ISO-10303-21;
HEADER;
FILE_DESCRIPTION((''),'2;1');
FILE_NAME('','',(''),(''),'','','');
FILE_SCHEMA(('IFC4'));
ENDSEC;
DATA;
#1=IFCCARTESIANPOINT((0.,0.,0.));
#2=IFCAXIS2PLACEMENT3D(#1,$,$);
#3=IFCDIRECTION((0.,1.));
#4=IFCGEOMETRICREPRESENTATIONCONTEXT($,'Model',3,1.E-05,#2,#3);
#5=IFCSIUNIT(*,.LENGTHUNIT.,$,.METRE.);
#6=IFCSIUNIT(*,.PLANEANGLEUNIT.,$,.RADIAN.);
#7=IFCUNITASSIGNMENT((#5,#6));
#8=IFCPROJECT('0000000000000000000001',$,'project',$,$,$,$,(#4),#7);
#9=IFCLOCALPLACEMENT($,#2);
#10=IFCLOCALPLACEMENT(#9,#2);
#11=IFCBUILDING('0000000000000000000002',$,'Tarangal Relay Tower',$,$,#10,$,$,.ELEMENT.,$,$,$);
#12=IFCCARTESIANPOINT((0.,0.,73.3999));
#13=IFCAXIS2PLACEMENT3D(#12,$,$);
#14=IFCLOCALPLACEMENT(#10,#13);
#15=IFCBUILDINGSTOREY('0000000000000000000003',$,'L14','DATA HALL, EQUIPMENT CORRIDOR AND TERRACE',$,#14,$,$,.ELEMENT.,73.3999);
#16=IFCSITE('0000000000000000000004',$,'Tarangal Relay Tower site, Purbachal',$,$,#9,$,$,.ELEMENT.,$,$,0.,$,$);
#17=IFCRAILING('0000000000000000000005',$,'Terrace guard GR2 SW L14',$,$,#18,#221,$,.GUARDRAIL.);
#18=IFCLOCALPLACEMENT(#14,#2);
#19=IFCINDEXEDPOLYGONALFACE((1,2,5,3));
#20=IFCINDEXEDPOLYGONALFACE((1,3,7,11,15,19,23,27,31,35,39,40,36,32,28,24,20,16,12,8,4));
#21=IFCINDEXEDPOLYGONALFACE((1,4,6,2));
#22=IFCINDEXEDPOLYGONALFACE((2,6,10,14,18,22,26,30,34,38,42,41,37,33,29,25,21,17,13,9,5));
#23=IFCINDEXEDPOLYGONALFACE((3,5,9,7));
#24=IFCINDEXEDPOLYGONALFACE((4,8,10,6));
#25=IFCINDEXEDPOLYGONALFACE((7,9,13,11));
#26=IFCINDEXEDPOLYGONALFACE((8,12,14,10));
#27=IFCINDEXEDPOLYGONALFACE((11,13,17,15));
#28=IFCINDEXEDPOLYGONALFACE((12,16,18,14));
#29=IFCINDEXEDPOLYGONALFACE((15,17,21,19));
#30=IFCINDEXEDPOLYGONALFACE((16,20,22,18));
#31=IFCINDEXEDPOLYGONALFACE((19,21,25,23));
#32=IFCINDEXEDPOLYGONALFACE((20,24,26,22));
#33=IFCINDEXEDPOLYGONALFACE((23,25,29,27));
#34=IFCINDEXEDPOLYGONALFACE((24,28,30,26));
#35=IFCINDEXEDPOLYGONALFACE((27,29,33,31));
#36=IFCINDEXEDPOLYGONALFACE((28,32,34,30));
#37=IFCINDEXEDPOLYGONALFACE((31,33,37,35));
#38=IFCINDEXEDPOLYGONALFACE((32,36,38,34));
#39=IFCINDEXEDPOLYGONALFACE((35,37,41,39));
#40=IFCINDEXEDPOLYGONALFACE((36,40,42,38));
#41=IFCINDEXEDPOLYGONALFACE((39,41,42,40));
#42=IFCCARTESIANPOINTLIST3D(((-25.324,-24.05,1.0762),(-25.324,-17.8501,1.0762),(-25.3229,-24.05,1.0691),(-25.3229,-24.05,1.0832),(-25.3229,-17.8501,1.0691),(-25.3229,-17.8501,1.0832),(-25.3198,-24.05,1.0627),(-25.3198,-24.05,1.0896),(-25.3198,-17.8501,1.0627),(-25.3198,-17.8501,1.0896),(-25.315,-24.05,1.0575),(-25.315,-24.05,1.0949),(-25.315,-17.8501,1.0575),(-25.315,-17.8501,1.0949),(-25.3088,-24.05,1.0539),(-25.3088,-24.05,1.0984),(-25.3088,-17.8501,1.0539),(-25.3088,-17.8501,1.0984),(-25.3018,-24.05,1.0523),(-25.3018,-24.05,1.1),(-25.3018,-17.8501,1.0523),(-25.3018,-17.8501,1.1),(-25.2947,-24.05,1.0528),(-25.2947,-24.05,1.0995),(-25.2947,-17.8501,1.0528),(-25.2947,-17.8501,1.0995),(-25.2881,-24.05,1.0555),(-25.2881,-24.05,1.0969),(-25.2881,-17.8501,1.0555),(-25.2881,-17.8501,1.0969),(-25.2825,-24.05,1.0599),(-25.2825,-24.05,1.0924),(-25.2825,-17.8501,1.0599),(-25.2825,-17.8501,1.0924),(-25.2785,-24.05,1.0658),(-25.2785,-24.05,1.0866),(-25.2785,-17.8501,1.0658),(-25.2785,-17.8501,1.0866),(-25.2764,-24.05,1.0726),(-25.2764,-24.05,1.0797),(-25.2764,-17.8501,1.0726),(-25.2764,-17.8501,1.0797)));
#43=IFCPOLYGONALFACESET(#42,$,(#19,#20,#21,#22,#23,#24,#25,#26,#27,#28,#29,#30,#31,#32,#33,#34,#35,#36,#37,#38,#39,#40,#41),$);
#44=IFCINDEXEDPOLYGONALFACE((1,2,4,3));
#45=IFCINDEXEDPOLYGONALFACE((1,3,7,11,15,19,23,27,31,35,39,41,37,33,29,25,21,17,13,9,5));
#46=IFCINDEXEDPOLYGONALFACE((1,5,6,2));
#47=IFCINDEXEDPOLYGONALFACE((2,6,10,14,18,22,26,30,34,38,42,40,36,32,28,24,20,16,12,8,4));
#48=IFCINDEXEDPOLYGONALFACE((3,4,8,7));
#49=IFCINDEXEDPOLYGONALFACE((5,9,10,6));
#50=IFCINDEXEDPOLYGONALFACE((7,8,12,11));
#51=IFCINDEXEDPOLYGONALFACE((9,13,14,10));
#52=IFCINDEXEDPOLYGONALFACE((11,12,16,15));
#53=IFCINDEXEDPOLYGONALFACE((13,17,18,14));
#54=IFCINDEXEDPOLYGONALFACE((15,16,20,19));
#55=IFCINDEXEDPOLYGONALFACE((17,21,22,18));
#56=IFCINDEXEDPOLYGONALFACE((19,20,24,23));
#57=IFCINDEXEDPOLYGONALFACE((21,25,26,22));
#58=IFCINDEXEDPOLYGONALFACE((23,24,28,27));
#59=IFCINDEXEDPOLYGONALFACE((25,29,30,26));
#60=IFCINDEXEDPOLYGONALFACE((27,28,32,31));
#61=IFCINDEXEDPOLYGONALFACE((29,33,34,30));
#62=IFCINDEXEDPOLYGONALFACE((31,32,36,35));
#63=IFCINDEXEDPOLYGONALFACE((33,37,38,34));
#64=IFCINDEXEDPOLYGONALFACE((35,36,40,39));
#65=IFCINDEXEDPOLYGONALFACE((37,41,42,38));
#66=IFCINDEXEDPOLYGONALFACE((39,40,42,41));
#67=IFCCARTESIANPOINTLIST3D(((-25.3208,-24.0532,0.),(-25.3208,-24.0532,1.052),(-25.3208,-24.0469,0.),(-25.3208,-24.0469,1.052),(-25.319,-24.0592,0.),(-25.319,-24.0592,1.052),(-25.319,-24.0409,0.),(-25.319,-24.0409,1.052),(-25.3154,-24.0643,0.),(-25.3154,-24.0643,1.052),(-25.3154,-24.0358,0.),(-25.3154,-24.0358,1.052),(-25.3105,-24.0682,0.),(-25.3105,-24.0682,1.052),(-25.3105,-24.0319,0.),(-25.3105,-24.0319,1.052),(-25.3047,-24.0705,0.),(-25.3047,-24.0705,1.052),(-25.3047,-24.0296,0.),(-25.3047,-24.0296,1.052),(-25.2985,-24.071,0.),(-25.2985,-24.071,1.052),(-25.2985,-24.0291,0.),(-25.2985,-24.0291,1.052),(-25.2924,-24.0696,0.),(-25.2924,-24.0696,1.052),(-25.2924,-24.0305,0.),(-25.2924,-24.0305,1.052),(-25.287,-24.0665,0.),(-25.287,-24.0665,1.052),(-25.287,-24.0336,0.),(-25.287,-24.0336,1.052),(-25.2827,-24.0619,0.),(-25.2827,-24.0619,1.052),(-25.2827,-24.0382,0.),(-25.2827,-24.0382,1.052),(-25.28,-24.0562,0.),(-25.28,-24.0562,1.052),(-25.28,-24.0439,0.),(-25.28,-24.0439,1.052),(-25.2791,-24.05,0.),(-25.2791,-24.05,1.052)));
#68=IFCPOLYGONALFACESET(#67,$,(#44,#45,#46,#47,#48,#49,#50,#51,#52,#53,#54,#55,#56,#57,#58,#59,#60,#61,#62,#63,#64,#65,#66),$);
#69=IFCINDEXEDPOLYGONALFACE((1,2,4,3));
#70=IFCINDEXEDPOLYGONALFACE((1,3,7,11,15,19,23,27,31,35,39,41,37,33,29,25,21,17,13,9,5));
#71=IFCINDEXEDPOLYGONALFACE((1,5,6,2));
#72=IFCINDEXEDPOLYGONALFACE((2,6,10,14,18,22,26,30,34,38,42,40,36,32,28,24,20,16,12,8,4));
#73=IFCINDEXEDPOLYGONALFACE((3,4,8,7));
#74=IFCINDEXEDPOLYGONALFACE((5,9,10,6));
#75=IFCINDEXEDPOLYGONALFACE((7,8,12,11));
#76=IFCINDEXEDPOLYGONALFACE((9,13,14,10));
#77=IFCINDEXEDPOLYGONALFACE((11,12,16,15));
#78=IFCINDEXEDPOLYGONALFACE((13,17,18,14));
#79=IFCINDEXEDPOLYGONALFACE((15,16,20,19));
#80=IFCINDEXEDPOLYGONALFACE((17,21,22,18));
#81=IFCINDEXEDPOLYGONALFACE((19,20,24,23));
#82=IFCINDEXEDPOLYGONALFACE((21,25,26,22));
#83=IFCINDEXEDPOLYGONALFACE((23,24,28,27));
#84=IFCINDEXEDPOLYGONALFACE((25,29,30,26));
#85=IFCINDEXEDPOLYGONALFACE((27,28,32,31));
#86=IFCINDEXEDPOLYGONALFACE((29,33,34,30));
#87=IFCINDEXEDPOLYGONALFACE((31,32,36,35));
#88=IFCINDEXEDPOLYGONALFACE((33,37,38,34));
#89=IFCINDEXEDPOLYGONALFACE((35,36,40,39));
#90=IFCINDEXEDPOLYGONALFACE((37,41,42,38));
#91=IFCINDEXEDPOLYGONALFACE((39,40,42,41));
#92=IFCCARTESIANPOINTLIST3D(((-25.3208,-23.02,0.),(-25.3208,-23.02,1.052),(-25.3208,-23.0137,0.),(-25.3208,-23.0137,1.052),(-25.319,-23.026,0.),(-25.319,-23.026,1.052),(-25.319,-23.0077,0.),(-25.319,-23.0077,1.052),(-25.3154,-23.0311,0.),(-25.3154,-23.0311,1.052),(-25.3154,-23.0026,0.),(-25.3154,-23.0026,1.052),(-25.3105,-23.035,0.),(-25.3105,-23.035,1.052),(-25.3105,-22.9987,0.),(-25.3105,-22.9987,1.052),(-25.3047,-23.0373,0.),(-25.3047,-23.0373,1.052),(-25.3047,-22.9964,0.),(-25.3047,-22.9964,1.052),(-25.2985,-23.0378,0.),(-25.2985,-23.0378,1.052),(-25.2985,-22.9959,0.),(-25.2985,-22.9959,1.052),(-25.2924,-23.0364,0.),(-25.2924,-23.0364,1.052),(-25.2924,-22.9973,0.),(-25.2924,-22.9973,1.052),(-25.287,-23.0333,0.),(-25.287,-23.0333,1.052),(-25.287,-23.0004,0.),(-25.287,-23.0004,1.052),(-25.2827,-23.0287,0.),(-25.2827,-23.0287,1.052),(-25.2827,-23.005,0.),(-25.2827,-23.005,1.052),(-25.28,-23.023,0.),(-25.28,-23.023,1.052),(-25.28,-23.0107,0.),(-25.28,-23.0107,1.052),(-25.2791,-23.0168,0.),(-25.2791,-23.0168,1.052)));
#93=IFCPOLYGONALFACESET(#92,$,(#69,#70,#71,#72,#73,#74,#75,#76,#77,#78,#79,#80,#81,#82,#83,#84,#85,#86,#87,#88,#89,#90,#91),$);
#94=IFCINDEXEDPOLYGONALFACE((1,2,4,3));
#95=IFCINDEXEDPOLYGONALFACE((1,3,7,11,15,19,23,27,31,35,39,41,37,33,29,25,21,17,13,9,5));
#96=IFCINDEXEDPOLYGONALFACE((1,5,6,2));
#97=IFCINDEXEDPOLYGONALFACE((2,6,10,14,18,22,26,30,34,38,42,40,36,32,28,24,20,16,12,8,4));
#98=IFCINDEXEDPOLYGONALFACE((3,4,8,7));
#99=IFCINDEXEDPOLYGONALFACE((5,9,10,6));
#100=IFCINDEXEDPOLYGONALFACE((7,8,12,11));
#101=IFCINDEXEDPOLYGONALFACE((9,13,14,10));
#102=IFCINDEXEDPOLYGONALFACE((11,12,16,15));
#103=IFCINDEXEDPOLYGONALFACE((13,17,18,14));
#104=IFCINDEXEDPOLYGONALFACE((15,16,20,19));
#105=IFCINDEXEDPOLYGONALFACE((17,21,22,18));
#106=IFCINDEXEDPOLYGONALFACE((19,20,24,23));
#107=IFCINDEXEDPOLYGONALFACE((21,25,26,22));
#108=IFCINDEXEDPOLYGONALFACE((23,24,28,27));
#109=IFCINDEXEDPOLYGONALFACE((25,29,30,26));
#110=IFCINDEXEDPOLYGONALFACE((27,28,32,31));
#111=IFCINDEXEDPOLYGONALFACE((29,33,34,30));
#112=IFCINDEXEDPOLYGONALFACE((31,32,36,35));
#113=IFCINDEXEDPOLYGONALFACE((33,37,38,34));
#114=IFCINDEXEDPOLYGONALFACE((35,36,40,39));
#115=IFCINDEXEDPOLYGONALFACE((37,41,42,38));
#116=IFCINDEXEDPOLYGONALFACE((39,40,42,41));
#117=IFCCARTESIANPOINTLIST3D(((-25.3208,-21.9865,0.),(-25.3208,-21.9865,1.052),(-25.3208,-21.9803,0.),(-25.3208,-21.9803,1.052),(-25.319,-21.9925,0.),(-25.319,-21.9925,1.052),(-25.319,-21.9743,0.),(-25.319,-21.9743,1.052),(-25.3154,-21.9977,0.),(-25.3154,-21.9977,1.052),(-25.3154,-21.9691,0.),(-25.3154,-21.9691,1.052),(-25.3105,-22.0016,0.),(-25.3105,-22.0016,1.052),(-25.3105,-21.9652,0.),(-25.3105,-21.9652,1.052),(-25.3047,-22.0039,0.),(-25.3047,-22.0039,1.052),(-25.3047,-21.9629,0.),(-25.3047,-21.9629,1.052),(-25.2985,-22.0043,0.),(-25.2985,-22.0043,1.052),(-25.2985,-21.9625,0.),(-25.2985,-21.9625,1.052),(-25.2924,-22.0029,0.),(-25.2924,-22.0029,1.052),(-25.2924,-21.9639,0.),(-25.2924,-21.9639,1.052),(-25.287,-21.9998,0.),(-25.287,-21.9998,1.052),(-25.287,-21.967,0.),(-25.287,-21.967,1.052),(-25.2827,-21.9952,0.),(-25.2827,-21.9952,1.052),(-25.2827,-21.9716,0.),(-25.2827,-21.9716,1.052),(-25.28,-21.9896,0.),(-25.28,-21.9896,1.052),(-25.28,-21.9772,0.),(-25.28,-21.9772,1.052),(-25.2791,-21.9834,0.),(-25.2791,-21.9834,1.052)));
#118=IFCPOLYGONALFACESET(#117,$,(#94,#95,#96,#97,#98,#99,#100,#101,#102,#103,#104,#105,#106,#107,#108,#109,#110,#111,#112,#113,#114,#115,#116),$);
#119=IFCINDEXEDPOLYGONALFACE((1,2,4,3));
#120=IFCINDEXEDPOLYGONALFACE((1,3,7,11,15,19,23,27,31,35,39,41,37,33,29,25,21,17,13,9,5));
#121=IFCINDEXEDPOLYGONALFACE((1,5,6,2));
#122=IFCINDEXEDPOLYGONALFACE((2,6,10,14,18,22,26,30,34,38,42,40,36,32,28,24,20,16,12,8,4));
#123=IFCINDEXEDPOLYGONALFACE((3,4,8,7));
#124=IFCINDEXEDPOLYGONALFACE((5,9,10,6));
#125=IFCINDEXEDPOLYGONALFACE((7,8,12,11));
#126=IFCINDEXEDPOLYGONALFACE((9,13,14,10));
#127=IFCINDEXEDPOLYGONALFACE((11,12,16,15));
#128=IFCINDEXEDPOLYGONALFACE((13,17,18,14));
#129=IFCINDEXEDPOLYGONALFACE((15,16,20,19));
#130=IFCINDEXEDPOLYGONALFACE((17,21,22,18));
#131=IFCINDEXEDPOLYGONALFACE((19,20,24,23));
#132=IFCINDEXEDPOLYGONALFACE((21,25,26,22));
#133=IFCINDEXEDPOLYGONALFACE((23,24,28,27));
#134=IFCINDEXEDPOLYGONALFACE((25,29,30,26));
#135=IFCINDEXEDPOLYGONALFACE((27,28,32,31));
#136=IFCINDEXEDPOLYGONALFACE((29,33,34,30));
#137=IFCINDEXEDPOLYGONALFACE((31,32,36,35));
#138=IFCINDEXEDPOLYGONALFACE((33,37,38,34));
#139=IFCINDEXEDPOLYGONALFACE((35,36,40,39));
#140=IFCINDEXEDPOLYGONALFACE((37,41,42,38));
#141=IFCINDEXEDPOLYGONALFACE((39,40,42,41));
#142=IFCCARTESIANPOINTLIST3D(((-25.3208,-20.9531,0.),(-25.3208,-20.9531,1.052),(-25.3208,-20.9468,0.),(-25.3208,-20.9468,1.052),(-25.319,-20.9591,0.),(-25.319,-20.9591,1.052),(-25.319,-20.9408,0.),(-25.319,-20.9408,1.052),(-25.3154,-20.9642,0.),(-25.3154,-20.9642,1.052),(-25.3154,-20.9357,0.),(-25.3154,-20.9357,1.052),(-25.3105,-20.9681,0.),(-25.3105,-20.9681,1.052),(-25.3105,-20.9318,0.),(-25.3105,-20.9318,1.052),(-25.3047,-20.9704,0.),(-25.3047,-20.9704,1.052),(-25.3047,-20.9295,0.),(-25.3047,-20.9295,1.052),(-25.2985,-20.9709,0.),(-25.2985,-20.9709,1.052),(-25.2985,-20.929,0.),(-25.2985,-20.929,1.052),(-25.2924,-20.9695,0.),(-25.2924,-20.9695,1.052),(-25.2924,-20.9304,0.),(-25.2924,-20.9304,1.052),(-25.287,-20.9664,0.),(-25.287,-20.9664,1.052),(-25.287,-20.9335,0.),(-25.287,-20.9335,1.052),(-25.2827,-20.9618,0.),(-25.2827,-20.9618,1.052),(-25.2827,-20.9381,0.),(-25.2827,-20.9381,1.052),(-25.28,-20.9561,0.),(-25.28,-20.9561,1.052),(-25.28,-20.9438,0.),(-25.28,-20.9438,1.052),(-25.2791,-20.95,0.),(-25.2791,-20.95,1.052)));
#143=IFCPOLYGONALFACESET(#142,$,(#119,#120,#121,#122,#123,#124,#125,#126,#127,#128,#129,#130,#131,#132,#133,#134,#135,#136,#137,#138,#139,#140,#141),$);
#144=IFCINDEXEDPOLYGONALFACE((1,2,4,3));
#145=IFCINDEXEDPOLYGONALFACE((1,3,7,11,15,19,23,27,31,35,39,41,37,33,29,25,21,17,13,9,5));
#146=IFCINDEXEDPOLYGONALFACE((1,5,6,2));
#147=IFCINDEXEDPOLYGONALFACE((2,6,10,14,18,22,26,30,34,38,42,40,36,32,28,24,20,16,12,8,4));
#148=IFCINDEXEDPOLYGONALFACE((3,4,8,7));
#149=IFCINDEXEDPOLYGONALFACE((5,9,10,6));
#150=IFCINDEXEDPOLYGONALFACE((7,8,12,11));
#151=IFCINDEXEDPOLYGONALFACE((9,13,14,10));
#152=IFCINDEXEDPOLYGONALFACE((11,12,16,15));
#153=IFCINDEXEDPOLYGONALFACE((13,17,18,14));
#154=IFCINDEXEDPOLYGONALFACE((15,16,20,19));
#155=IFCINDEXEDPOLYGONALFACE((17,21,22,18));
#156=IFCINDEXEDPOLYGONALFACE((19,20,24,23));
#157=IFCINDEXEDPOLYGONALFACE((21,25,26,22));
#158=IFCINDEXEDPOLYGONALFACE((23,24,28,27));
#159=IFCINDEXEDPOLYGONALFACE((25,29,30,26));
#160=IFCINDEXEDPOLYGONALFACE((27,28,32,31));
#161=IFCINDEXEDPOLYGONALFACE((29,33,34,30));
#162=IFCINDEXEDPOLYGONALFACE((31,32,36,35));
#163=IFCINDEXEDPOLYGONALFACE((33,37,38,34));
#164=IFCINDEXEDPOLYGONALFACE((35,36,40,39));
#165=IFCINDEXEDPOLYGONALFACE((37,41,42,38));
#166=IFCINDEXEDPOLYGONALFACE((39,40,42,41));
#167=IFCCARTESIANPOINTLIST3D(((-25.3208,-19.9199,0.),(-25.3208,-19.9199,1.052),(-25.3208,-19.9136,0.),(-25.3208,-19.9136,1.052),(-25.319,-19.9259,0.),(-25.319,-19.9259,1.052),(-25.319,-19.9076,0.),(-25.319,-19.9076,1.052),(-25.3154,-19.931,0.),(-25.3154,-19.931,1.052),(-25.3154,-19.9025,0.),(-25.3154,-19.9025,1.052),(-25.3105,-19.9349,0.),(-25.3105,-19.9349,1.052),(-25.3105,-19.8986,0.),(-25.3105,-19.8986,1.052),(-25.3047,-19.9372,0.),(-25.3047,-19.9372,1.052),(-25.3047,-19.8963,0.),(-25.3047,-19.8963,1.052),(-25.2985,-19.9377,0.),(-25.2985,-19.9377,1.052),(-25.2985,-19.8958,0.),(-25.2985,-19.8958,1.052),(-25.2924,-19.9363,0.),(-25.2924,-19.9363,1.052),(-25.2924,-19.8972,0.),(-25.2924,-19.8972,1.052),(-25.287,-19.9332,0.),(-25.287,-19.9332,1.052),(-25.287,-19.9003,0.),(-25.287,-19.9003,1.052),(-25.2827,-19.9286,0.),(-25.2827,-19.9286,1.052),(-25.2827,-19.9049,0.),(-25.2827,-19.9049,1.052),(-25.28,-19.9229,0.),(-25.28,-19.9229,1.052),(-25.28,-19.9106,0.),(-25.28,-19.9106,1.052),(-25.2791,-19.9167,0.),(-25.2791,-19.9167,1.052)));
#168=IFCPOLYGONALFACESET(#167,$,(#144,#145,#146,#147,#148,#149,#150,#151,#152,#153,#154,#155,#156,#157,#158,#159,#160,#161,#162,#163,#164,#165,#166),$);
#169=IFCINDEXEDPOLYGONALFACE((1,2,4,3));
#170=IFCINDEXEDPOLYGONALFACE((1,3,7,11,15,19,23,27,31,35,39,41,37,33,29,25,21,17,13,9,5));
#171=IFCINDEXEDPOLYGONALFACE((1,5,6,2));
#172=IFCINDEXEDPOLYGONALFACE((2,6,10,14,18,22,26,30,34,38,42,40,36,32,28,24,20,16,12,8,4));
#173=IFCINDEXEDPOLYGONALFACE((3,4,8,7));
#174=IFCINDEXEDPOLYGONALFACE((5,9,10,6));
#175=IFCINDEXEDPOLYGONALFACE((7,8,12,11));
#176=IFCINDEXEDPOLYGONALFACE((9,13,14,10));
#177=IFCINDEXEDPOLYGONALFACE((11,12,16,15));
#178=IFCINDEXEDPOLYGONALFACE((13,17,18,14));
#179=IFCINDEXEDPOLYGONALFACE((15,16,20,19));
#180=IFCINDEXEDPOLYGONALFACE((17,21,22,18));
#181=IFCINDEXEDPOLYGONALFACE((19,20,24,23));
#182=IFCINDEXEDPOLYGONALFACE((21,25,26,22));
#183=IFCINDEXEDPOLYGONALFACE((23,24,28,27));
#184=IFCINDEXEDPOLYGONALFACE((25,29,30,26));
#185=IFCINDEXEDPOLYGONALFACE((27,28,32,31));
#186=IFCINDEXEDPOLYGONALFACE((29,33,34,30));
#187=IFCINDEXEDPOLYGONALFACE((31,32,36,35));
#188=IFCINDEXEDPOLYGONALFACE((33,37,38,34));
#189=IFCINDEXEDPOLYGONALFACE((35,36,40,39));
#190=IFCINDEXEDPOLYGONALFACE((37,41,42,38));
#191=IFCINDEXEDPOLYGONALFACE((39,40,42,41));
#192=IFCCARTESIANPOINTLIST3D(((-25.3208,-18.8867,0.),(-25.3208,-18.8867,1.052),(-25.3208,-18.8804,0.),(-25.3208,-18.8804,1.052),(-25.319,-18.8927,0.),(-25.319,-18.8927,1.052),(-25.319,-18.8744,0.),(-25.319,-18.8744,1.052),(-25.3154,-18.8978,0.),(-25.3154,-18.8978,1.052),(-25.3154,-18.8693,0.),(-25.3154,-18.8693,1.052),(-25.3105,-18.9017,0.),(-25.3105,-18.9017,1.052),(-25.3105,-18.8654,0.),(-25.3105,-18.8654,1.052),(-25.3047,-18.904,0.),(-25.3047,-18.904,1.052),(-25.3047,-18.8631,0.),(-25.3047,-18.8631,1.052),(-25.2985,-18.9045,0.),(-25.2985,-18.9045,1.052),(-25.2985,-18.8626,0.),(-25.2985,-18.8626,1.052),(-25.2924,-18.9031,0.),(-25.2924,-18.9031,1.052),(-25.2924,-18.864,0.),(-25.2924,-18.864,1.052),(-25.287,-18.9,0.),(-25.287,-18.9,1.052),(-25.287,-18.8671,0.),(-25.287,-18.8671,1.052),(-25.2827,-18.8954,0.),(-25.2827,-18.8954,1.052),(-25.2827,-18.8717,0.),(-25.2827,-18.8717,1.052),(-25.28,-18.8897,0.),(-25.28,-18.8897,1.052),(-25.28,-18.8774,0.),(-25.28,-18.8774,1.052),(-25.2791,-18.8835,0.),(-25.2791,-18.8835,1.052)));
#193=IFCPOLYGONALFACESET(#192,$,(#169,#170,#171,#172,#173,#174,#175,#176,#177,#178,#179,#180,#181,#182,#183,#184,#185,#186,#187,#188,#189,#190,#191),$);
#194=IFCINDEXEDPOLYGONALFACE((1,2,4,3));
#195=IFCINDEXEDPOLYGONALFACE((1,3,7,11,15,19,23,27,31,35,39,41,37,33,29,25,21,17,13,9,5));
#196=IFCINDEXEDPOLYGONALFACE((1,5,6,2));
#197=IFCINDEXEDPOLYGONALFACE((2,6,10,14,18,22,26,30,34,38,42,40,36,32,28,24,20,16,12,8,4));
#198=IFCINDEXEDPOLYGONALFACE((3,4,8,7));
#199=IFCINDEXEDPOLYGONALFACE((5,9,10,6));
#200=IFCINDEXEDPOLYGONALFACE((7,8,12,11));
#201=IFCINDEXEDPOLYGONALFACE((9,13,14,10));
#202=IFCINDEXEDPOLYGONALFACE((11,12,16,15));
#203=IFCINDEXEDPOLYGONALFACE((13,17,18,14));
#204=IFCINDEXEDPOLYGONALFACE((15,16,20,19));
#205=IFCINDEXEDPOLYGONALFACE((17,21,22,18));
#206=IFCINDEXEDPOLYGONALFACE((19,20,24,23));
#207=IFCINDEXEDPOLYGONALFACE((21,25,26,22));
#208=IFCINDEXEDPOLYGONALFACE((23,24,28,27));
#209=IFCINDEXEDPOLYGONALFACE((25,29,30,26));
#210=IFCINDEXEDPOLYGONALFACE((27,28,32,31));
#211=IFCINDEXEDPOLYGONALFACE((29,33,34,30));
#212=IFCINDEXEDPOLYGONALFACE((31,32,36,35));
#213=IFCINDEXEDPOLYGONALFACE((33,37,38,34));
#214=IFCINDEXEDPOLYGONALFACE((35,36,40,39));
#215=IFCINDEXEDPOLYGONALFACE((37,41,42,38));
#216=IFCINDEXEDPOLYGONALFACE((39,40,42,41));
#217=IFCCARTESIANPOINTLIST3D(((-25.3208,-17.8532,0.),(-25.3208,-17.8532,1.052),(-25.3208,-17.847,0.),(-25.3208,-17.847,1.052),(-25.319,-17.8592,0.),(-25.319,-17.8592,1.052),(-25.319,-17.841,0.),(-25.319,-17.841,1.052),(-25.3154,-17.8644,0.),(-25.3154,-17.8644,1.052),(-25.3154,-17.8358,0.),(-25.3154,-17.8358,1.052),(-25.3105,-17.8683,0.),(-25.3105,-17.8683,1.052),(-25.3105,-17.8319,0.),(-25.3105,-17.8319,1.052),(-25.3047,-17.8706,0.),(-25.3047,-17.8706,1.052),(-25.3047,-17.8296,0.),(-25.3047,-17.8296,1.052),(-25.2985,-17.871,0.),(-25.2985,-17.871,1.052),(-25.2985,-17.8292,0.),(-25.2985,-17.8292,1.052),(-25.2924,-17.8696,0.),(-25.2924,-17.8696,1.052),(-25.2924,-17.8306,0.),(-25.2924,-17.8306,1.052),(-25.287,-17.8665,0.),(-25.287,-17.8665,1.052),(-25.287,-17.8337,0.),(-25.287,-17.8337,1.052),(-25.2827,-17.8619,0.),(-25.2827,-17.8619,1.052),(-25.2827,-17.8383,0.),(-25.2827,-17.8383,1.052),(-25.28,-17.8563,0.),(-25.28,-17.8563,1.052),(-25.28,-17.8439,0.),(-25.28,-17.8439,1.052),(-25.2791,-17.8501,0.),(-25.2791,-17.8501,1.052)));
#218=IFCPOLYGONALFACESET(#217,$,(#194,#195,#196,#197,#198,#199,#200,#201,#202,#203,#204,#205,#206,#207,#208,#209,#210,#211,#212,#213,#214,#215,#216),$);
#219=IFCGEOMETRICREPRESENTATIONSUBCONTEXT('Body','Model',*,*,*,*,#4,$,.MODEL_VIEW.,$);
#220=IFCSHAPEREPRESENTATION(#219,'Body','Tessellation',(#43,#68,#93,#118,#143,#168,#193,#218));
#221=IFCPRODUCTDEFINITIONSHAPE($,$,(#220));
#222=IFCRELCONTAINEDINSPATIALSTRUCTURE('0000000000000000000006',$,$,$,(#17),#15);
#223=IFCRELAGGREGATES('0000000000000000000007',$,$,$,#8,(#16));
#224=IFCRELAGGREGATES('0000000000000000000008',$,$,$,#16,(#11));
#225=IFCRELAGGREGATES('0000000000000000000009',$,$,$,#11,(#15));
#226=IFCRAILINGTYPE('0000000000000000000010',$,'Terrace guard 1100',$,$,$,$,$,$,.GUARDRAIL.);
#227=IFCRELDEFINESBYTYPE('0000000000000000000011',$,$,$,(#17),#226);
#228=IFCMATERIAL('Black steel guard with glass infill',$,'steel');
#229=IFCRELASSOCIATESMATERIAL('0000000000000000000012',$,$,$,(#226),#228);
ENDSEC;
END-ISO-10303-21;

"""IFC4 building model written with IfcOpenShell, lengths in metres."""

from ifc_helpers import new_model, si_unit, direction, frame, origin, origin_2d, place, context, subcontext, project, spatial, circle, extrude, material, type_object, element, save


model = new_model("IFC4")

# Units and contexts
model_context = context("Model", 3, precision=1e-05, world=origin(), true_north=direction((0.0, 1.0)))
body_context = subcontext(model_context, "Body", "Model", "MODEL_VIEW")
ifc_project = project(units=[si_unit("LENGTHUNIT", "METRE"), si_unit("PLANEANGLEUNIT", "RADIAN")], contexts=[model_context])

# Site, building, storey
site_placement = place(None, origin())
site = spatial("IfcSite", under=ifc_project, at=site_placement, Name="Tarangal Relay Tower site, Purbachal", CompositionType="ELEMENT", RefElevation=0.0)
building_placement = place(site_placement, origin())
building = spatial("IfcBuilding", under=site, at=building_placement, Name="Tarangal Relay Tower", CompositionType="ELEMENT")
storey_placement = place(building_placement, frame((0.0, 0.0, 73.3999)))
storey = spatial("IfcBuildingStorey", under=building, at=storey_placement, Name="L14", Description="DATA HALL, EQUIPMENT CORRIDOR AND TERRACE", CompositionType="ELEMENT", Elevation=73.3999)

# Railing
ifc_material_1 = material(Name="Black steel guard with glass infill", Category="steel")
railing_type = type_object("IfcRailingType", Name="Terrace guard 1100", PredefinedType="GUARDRAIL", material=ifc_material_1)
railing_1_placement = place(storey_placement, frame((-25.3, -24.05, 0.0)))
element("IfcRailing", 1, at=railing_1_placement, inside=storey, type_object=railing_type, Name="Terrace guard GR2 SW L14", PredefinedType="GUARDRAIL", context=body_context, shape_type="SweptSolid", body=[
    extrude(circle(Radius=0.0239, at=origin_2d()), frame((0.0, 0.0, 1.0762), z_axis=(0.0, 1.0, 0.0), x_axis=(-1.0, 0.0, 0.0)), (0.0, 0.0, 1.0), 6.2),
    extrude(circle(Radius=0.021, at=origin_2d()), origin(), (0.0, 0.0, 1.0), 1.052),
    extrude(circle(Radius=0.021, at=origin_2d()), frame((0.0, 1.0332, 0.0)), (0.0, 0.0, 1.0), 1.052),
    extrude(circle(Radius=0.021, at=origin_2d()), frame((0.0, 2.0667, 0.0)), (0.0, 0.0, 1.0), 1.052),
    extrude(circle(Radius=0.021, at=origin_2d()), frame((0.0, 3.1001, 0.0)), (0.0, 0.0, 1.0), 1.052),
    extrude(circle(Radius=0.021, at=origin_2d()), frame((0.0, 4.1333, 0.0)), (0.0, 0.0, 1.0), 1.052),
    extrude(circle(Radius=0.021, at=origin_2d()), frame((0.0, 5.1665, 0.0)), (0.0, 0.0, 1.0), 1.052),
    extrude(circle(Radius=0.021, at=origin_2d()), frame((0.0, 6.2, 0.0)), (0.0, 0.0, 1.0), 1.052),
])

save(model, "model.ifc")
